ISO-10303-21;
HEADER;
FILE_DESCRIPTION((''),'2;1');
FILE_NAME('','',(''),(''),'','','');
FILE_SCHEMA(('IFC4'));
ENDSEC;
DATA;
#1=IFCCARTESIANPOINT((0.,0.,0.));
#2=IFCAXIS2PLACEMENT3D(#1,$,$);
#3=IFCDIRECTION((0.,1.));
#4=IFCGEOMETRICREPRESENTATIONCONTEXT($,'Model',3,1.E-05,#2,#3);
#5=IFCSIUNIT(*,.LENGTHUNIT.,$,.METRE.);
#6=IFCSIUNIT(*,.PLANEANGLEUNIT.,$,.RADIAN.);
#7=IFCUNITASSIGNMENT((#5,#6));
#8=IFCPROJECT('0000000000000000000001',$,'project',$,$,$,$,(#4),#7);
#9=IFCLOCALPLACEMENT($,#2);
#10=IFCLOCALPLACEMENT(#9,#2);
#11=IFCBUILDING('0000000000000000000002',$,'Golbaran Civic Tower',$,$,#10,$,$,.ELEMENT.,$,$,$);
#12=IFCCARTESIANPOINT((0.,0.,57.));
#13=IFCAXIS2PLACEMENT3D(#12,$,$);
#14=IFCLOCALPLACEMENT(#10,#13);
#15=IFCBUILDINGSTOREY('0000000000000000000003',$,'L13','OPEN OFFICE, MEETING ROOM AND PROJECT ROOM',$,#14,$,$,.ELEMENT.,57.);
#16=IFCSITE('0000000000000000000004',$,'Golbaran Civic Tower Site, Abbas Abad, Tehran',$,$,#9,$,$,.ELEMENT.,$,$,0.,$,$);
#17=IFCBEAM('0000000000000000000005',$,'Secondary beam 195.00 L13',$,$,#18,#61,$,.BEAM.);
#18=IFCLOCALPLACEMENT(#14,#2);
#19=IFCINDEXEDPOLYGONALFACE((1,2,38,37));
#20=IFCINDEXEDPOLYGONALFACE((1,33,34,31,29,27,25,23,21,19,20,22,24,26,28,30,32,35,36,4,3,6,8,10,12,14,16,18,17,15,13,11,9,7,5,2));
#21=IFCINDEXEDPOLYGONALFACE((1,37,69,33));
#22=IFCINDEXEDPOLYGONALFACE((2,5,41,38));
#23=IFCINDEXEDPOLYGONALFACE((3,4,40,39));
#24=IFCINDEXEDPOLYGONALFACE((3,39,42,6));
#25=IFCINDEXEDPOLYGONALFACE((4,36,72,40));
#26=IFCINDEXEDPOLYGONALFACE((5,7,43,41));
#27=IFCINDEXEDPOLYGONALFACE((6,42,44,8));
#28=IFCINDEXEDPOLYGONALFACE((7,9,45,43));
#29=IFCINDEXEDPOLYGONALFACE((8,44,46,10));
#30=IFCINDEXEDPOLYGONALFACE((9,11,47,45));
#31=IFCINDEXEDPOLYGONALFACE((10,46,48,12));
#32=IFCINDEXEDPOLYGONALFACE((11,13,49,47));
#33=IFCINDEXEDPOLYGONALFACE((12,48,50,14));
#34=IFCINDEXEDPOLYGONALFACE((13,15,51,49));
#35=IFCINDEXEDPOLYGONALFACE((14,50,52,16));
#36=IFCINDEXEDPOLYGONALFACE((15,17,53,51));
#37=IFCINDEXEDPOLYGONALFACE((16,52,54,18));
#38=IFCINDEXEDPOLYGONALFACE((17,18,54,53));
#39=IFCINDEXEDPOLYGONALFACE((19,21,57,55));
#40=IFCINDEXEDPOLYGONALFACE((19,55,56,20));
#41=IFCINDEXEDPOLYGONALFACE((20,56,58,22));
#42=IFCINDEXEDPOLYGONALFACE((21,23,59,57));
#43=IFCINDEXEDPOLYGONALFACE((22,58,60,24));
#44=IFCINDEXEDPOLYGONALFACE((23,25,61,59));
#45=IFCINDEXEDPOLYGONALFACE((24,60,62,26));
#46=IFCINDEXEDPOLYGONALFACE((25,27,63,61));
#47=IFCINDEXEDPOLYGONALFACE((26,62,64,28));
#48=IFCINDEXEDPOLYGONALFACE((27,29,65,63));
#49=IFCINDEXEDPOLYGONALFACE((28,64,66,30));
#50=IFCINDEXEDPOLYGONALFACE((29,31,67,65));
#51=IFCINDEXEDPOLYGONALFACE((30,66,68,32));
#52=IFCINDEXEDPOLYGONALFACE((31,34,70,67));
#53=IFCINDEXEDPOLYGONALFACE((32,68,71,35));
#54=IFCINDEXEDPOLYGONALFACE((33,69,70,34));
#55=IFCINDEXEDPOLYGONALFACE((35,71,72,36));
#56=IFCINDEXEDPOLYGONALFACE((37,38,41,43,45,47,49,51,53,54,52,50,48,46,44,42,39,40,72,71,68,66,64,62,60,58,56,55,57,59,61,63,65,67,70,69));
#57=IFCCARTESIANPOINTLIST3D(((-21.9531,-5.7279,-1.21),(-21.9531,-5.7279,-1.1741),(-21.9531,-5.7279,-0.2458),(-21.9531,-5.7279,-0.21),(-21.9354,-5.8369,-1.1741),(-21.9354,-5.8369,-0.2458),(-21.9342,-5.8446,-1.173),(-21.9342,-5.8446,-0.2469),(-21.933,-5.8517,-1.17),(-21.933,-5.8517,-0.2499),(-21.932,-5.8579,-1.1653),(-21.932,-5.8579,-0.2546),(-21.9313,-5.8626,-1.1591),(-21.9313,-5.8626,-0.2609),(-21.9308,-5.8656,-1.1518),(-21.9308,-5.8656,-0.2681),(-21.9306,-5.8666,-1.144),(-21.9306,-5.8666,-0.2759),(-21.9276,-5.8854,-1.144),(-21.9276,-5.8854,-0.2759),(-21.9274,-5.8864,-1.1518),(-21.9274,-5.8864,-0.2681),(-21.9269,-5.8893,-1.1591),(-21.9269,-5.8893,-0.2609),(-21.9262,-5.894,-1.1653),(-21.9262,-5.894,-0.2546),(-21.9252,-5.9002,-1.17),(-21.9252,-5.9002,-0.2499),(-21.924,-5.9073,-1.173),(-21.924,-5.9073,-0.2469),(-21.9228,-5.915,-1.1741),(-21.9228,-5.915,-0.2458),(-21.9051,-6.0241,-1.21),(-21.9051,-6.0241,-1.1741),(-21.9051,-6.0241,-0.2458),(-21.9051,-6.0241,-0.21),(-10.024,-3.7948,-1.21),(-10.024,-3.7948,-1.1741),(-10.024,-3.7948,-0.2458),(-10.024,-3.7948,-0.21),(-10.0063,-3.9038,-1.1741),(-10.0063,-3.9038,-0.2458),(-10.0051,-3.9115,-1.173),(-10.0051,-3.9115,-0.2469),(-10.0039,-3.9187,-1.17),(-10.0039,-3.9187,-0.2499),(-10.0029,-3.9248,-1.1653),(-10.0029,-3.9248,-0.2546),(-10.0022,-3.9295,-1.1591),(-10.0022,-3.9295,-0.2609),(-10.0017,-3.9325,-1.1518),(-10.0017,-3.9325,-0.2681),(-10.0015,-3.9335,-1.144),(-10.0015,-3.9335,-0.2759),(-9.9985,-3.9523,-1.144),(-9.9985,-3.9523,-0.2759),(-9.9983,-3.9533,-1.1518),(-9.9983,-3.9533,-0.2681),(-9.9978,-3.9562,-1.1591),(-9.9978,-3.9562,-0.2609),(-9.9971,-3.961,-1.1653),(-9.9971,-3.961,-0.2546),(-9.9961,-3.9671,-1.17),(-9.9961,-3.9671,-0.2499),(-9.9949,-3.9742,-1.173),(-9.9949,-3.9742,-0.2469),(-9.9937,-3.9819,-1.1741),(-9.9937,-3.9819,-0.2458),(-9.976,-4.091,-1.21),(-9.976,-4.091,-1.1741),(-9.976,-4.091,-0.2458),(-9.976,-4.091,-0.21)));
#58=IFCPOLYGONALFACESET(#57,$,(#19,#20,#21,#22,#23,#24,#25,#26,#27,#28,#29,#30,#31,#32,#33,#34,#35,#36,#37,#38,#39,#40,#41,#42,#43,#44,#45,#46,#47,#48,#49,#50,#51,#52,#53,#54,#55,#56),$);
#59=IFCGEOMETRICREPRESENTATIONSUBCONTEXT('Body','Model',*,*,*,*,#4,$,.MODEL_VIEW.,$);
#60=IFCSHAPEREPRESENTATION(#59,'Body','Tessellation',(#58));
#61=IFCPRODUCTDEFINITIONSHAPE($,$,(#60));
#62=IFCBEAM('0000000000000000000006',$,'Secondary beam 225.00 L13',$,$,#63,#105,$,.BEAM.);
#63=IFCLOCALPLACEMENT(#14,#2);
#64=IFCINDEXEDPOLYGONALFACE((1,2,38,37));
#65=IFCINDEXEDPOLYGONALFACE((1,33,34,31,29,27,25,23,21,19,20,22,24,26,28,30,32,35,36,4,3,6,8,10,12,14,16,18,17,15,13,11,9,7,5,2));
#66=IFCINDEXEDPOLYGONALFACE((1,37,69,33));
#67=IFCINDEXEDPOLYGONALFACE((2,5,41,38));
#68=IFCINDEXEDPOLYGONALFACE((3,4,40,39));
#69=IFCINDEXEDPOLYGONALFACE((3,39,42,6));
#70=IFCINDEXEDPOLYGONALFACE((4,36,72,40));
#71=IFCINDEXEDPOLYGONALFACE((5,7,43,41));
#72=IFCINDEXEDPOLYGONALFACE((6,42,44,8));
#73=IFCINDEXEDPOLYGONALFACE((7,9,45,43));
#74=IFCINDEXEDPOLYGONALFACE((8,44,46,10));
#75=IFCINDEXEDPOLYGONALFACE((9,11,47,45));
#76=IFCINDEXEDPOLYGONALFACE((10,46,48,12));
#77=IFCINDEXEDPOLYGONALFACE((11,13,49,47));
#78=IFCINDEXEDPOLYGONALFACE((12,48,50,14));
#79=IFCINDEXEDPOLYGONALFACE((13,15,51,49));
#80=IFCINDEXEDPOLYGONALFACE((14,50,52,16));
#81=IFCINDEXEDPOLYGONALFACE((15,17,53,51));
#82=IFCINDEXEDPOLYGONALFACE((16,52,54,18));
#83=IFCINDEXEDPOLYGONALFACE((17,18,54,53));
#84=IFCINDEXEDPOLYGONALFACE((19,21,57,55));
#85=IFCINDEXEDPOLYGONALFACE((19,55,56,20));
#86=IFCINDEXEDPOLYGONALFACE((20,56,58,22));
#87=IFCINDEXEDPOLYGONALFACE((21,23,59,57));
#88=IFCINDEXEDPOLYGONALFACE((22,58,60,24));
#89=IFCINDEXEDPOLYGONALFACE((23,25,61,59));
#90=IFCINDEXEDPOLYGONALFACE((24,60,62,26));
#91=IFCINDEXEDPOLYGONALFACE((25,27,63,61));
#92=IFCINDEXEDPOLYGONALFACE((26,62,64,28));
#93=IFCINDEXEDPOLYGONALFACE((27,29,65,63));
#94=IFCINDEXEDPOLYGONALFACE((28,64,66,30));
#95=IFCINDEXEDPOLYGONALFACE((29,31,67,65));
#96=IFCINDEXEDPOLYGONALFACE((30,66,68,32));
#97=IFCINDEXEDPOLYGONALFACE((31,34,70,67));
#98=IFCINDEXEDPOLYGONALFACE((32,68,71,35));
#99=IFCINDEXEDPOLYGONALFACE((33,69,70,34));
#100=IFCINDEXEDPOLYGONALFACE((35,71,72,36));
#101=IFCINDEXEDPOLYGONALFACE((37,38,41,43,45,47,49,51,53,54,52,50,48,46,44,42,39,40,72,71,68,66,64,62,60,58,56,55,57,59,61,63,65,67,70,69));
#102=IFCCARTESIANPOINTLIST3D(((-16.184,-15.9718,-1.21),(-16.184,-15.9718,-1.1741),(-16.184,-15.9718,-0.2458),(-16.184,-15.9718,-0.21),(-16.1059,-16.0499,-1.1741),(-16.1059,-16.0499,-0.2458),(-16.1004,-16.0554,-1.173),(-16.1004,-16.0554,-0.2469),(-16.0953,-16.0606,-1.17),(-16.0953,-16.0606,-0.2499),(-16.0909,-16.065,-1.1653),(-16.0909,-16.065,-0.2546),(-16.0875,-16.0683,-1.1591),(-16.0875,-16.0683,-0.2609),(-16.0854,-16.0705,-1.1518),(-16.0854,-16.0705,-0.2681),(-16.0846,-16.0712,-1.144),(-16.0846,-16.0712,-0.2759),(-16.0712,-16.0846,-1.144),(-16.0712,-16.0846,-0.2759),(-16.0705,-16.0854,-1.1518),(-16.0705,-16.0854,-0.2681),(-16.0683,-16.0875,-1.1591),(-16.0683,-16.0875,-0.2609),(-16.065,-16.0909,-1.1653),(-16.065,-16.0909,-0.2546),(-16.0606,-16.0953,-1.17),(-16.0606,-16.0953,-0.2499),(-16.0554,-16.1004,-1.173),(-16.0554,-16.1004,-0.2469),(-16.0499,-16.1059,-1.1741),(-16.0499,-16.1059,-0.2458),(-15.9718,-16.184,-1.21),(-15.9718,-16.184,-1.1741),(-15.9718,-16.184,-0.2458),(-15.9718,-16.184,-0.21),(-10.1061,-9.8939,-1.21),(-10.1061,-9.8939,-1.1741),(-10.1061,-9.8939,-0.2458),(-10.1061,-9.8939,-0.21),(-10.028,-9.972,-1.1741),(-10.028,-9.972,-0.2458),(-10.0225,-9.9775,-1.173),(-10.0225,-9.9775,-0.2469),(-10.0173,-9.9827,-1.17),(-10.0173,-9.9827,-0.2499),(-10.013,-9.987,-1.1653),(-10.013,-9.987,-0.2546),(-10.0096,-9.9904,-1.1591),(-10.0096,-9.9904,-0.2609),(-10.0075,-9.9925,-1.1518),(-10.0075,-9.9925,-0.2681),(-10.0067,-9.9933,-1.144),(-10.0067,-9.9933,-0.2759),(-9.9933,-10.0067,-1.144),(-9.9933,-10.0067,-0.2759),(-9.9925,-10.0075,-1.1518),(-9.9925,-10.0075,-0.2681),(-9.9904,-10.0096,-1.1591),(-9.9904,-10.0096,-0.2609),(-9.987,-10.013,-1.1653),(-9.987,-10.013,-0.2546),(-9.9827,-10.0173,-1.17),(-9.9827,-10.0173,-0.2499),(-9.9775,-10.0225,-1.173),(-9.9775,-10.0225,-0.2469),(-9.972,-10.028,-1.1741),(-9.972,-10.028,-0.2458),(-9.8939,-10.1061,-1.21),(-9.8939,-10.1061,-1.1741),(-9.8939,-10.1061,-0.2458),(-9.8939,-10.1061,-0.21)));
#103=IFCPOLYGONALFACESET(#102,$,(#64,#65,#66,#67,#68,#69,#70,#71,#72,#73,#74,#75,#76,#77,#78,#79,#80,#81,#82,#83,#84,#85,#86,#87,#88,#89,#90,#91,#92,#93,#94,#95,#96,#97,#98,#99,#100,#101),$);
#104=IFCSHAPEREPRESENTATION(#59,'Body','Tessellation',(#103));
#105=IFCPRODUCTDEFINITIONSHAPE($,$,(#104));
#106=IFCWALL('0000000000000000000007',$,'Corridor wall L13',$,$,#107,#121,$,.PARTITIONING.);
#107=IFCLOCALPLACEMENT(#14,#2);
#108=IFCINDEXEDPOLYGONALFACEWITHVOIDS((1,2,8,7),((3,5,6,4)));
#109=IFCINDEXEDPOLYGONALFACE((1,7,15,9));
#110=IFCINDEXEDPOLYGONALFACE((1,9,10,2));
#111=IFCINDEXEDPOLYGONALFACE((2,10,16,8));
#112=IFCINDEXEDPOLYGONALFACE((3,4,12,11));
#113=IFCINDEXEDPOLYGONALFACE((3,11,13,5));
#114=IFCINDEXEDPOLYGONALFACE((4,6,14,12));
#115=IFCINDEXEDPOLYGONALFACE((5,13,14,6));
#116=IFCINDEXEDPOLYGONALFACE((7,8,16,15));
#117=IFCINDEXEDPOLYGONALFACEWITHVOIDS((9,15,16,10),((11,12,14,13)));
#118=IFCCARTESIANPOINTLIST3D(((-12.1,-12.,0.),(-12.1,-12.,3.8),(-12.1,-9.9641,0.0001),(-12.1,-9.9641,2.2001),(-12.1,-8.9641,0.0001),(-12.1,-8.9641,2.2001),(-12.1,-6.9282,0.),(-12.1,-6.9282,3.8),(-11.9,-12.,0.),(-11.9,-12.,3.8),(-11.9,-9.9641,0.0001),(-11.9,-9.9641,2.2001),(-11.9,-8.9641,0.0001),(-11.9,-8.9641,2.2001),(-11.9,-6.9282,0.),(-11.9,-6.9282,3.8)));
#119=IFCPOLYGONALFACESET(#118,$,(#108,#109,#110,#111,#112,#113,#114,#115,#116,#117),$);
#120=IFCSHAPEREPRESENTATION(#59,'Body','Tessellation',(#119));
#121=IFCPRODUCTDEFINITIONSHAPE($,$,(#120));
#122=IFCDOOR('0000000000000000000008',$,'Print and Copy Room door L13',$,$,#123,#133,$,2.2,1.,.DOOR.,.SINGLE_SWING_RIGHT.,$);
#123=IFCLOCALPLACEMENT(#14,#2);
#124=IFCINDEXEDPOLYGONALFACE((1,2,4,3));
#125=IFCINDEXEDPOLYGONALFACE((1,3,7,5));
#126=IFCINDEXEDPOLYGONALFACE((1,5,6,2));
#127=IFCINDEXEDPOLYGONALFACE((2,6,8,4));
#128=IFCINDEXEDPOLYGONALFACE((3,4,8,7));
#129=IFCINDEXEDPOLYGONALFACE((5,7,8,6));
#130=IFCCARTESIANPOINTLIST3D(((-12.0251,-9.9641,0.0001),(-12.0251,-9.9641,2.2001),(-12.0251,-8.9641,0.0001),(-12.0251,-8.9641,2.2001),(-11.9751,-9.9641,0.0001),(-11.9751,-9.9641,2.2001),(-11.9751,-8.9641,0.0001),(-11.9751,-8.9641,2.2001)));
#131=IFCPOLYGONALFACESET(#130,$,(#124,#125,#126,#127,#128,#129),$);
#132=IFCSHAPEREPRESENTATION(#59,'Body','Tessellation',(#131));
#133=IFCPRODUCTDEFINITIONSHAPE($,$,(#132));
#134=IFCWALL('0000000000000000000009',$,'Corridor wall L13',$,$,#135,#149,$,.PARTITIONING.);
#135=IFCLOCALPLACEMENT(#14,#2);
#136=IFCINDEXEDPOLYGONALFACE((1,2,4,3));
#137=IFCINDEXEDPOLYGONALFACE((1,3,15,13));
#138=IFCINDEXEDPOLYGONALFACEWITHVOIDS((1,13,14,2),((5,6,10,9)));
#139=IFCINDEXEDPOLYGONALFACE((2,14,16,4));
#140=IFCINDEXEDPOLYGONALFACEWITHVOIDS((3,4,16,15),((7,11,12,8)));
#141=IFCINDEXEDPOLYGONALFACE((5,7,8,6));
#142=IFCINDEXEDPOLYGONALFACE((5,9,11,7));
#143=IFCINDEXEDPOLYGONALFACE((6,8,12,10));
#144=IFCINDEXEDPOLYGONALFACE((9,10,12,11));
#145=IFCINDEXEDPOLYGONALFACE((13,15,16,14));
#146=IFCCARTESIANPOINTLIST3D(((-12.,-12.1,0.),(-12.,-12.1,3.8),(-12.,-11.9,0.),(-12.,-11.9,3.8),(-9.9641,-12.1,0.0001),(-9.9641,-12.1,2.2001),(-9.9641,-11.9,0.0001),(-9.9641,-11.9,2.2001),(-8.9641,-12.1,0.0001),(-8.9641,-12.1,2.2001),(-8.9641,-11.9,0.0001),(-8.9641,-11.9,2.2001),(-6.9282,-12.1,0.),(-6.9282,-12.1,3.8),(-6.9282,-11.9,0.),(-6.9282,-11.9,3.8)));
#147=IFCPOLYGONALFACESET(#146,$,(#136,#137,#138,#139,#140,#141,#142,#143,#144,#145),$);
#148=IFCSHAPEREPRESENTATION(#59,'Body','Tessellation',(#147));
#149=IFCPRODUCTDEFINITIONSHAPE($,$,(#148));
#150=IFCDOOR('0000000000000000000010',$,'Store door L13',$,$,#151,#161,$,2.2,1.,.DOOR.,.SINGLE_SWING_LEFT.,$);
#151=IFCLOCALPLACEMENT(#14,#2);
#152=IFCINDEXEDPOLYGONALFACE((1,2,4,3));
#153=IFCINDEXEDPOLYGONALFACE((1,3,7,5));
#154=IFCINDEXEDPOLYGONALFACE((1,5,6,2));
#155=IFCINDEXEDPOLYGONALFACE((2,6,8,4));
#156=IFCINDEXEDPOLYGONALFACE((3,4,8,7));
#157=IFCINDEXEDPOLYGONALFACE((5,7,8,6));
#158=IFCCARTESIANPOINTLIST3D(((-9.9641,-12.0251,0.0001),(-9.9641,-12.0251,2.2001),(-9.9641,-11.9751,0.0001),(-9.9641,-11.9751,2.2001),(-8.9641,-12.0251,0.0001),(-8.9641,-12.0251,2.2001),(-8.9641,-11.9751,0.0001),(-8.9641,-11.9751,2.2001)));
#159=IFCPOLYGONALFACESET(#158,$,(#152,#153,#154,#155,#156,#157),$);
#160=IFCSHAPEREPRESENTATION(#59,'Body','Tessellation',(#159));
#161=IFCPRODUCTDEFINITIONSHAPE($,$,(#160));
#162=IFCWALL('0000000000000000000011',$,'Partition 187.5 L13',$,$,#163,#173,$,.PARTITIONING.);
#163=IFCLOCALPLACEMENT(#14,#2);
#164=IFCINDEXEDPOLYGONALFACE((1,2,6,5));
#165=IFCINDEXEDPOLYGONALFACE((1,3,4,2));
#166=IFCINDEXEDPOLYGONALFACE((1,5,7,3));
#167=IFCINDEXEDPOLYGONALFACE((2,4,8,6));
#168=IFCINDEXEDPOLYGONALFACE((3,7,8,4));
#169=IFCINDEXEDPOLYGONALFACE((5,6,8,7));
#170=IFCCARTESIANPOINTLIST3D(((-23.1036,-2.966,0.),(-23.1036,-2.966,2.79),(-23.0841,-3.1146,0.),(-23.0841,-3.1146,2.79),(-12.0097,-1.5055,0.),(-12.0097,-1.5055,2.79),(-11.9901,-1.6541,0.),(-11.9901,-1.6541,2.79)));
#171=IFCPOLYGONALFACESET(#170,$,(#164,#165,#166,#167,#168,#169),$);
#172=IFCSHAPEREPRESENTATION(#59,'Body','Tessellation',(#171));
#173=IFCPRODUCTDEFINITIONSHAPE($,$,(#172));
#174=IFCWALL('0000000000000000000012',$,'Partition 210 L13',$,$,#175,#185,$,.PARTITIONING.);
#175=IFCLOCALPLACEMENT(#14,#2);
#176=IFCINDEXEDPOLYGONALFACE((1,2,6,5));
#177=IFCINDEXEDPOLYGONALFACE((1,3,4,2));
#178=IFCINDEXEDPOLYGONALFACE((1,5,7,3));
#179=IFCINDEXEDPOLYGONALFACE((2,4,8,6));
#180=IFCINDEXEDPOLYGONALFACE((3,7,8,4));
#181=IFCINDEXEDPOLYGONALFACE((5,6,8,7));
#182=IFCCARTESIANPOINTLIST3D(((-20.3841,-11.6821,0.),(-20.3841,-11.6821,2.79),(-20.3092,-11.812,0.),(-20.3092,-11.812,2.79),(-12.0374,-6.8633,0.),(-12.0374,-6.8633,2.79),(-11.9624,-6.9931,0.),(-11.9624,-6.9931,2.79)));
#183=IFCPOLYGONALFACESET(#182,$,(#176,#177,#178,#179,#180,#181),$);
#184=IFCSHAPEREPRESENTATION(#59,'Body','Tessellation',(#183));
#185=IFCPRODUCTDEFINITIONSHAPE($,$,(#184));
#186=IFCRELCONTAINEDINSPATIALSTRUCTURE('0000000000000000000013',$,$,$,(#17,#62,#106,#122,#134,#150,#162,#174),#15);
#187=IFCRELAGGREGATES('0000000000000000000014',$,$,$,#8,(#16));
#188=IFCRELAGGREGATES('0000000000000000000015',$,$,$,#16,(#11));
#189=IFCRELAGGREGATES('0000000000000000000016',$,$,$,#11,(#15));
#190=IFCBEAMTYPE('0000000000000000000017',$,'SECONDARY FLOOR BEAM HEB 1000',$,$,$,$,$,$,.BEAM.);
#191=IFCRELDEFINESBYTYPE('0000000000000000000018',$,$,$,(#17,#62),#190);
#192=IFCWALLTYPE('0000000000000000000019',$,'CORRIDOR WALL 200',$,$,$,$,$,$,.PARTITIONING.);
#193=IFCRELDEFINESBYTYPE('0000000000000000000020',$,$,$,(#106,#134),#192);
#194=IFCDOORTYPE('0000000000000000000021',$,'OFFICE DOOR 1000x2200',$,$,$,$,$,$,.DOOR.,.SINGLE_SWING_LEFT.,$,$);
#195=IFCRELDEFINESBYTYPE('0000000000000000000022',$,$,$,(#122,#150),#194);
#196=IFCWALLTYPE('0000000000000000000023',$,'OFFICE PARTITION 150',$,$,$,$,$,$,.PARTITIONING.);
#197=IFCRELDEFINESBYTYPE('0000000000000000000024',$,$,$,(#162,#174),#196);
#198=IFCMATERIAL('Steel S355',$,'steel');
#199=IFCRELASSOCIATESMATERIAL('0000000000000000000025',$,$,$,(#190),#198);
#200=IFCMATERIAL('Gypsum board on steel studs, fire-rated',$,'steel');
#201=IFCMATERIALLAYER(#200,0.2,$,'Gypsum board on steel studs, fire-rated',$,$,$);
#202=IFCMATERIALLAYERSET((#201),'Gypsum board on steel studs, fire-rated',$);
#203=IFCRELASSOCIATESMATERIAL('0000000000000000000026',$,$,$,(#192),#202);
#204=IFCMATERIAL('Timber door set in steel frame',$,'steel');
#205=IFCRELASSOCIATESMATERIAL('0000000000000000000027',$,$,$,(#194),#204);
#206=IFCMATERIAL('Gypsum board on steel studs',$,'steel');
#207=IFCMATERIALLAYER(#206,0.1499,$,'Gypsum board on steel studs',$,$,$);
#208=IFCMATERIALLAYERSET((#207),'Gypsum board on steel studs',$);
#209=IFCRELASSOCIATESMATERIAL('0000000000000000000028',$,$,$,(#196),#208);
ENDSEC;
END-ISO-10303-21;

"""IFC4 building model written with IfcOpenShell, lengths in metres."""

from ifc_helpers import new_model, si_unit, direction, frame, frame_2d, origin, origin_2d, place, context, subcontext, project, spatial, rectangle, i_section, extrude, material, layer, layer_set, material_profile, profile_set, type_object, element, fill, save


model = new_model("IFC4")

# Units and contexts
model_context = context("Model", 3, precision=1e-05, world=origin(), true_north=direction((0.0, 1.0)))
body_context = subcontext(model_context, "Body", "Model", "MODEL_VIEW")
ifc_project = project(units=[si_unit("LENGTHUNIT", "METRE"), si_unit("PLANEANGLEUNIT", "RADIAN")], contexts=[model_context])

# Site, building, storey
site_placement = place(None, origin())
site = spatial("IfcSite", under=ifc_project, at=site_placement, Name="Golbaran Civic Tower Site, Abbas Abad, Tehran", CompositionType="ELEMENT", RefElevation=0.0)
building_placement = place(site_placement, origin())
building = spatial("IfcBuilding", under=site, at=building_placement, Name="Golbaran Civic Tower", CompositionType="ELEMENT")
storey_placement = place(building_placement, frame((0.0, 0.0, 57.0)))
storey = spatial("IfcBuildingStorey", under=building, at=storey_placement, Name="L13", Description="OPEN OFFICE, MEETING ROOM AND PROJECT ROOM", CompositionType="ELEMENT", Elevation=57.0)

# Beams
ifc_material_1 = material(Name="Steel S355", Category="steel")
ifc_material_profile_1 = material_profile(ifc_material_1, i_section(OverallWidth=0.3, OverallDepth=1.0, WebThickness=0.019, FlangeThickness=0.0359, FilletRadius=0.03, at=origin_2d()), Name="HEB 1000")
ifc_profile_set_1 = profile_set([ifc_material_profile_1], Name="Steel S355")
beam_type_1 = type_object("IfcBeamType", Name="SECONDARY FLOOR BEAM HEB 1000", PredefinedType="BEAM", material=ifc_profile_set_1)
beam_1_placement = place(storey_placement, frame((-10.0, -3.9429, -0.71), z_axis=(-0.987123, -0.159962, 0.0), x_axis=(0.159962, -0.987123, 0.0)))
element("IfcBeam", 1, at=beam_1_placement, inside=storey, type_object=beam_type_1, Name="Secondary beam 195.00 L13", PredefinedType="BEAM", context=body_context, shape_type="SweptSolid", body=[
    extrude(i_section(OverallWidth=0.3, OverallDepth=1.0, WebThickness=0.019, FlangeThickness=0.0359, FilletRadius=0.03, at=origin_2d()), origin(), (0.0, 0.0, 1.0), 12.0847),
])
beam_2_placement = place(storey_placement, frame((-10.0, -10.0, -0.71), z_axis=(-0.707107, -0.707107, 0.0), x_axis=(0.707107, -0.707107, 0.0)))
element("IfcBeam", 2, at=beam_2_placement, inside=storey, type_object=beam_type_1, Name="Secondary beam 225.00 L13", PredefinedType="BEAM", context=body_context, shape_type="SweptSolid", body=[
    extrude(i_section(OverallWidth=0.3, OverallDepth=1.0, WebThickness=0.019, FlangeThickness=0.0359, FilletRadius=0.03, at=origin_2d()), origin(), (0.0, 0.0, 1.0), 8.5955),
])

# Walls, openings, doors
ifc_material_2 = material(Name="Gypsum board on steel studs, fire-rated", Category="steel")
ifc_layer_1 = layer(ifc_material_2, 0.2, Name="Gypsum board on steel studs, fire-rated")
ifc_layer_set_1 = layer_set([ifc_layer_1], Name="Gypsum board on steel studs, fire-rated")
wall_type_1 = type_object("IfcWallType", Name="CORRIDOR WALL 200", PredefinedType="PARTITIONING", material=ifc_layer_set_1)
wall_1_placement = place(storey_placement, frame((-12.0, -6.9282, 0.0), z_axis=(0.0, 0.0, 1.0), x_axis=(0.0, -1.0, 0.0)))
wall_1 = element("IfcWall", 3, at=wall_1_placement, inside=storey, type_object=wall_type_1, Name="Corridor wall L13", PredefinedType="PARTITIONING", context=body_context, shape_type="SweptSolid", body=[
    extrude(rectangle(XDim=5.0718, YDim=0.2, at=frame_2d((2.5359, 0.0))), origin(), (0.0, 0.0, 1.0), 3.8),
])
opening_1_placement = place(wall_1_placement, frame((2.0359, 0.0, 0.0)))
opening_1 = element("IfcOpeningElement", 4, at=opening_1_placement, cuts=wall_1, PredefinedType="OPENING", context=body_context, shape_type="SweptSolid", body=[
    extrude(rectangle(XDim=1.0, YDim=2.2, at=frame_2d((0.5, 1.1001))), frame((0.0, 0.1099, 0.0), z_axis=(0.0, -1.0, 0.0), x_axis=(1.0, 0.0, 0.0)), (0.0, 0.0, 1.0), 0.22),
])
ifc_material_3 = material(Name="Timber door set in steel frame", Category="steel")
door_type_1 = type_object("IfcDoorType", Name="OFFICE DOOR 1000x2200", OperationType="SINGLE_SWING_LEFT", PredefinedType="DOOR", material=ifc_material_3)
door_1_placement = place(opening_1_placement, origin())
door_1 = element("IfcDoor", 5, at=door_1_placement, inside=storey, type_object=door_type_1, Name="Print and Copy Room door L13", OperationType="SINGLE_SWING_RIGHT", OverallHeight=2.2, OverallWidth=1.0, PredefinedType="DOOR", context=body_context, shape_type="SweptSolid", body=[
    extrude(rectangle(XDim=1.0, YDim=2.2, at=frame_2d((0.5, 1.1001))), frame((0.0, 0.0249, 0.0), z_axis=(0.0, -1.0, 0.0), x_axis=(1.0, 0.0, 0.0)), (0.0, 0.0, 1.0), 0.05),
])
fill(opening_1, door_1)
wall_2_placement = place(storey_placement, frame((-12.0, -12.0, 0.0), z_axis=(0.0, 0.0, 1.0), x_axis=(1.0, 0.0, 0.0)))
wall_2 = element("IfcWall", 6, at=wall_2_placement, inside=storey, type_object=wall_type_1, Name="Corridor wall L13", PredefinedType="PARTITIONING", context=body_context, shape_type="SweptSolid", body=[
    extrude(rectangle(XDim=5.0718, YDim=0.2, at=frame_2d((2.5359, 0.0))), origin(), (0.0, 0.0, 1.0), 3.8),
])
opening_2_placement = place(wall_2_placement, frame((2.0359, 0.0, 0.0)))
opening_2 = element("IfcOpeningElement", 7, at=opening_2_placement, cuts=wall_2, PredefinedType="OPENING", context=body_context, shape_type="SweptSolid", body=[
    extrude(rectangle(XDim=1.0, YDim=2.2, at=frame_2d((0.5, 1.1001))), frame((0.0, 0.1099, 0.0), z_axis=(0.0, -1.0, 0.0), x_axis=(1.0, 0.0, 0.0)), (0.0, 0.0, 1.0), 0.22),
])
door_2_placement = place(opening_2_placement, origin())
door_2 = element("IfcDoor", 8, at=door_2_placement, inside=storey, type_object=door_type_1, Name="Store door L13", OperationType="SINGLE_SWING_LEFT", OverallHeight=2.2, OverallWidth=1.0, PredefinedType="DOOR", context=body_context, shape_type="SweptSolid", body=[
    extrude(rectangle(XDim=1.0, YDim=2.2, at=frame_2d((0.5, 1.1001))), frame((0.0, 0.0249, 0.0), z_axis=(0.0, -1.0, 0.0), x_axis=(1.0, 0.0, 0.0)), (0.0, 0.0, 1.0), 0.05),
])
fill(opening_2, door_2)

# Walls
ifc_material_4 = material(Name="Gypsum board on steel studs", Category="steel")
ifc_layer_2 = layer(ifc_material_4, 0.1499, Name="Gypsum board on steel studs")
ifc_layer_set_2 = layer_set([ifc_layer_2], Name="Gypsum board on steel studs")
wall_type_2 = type_object("IfcWallType", Name="OFFICE PARTITION 150", PredefinedType="PARTITIONING", material=ifc_layer_set_2)
wall_3_placement = place(storey_placement, frame((-12.0, -1.5798, 0.0), z_axis=(0.0, 0.0, 1.0), x_axis=(-0.991446, -0.130517, 0.0)))
element("IfcWall", 9, at=wall_3_placement, inside=storey, type_object=wall_type_2, Name="Partition 187.5 L13", PredefinedType="PARTITIONING", context=body_context, shape_type="SweptSolid", body=[
    extrude(rectangle(XDim=11.1897, YDim=0.1499, at=frame_2d((5.5947, 0.0))), origin(), (0.0, 0.0, 1.0), 2.79),
])
wall_4_placement = place(storey_placement, frame((-12.0, -6.9282, 0.0), z_axis=(0.0, 0.0, 1.0), x_axis=(-0.86603, -0.499991, 0.0)))
element("IfcWall", 10, at=wall_4_placement, inside=storey, type_object=wall_type_2, Name="Partition 210 L13", PredefinedType="PARTITIONING", context=body_context, shape_type="SweptSolid", body=[
    extrude(rectangle(XDim=9.6379, YDim=0.1499, at=frame_2d((4.8188, 0.0))), origin(), (0.0, 0.0, 1.0), 2.79),
])

save(model, "model.ifc")
